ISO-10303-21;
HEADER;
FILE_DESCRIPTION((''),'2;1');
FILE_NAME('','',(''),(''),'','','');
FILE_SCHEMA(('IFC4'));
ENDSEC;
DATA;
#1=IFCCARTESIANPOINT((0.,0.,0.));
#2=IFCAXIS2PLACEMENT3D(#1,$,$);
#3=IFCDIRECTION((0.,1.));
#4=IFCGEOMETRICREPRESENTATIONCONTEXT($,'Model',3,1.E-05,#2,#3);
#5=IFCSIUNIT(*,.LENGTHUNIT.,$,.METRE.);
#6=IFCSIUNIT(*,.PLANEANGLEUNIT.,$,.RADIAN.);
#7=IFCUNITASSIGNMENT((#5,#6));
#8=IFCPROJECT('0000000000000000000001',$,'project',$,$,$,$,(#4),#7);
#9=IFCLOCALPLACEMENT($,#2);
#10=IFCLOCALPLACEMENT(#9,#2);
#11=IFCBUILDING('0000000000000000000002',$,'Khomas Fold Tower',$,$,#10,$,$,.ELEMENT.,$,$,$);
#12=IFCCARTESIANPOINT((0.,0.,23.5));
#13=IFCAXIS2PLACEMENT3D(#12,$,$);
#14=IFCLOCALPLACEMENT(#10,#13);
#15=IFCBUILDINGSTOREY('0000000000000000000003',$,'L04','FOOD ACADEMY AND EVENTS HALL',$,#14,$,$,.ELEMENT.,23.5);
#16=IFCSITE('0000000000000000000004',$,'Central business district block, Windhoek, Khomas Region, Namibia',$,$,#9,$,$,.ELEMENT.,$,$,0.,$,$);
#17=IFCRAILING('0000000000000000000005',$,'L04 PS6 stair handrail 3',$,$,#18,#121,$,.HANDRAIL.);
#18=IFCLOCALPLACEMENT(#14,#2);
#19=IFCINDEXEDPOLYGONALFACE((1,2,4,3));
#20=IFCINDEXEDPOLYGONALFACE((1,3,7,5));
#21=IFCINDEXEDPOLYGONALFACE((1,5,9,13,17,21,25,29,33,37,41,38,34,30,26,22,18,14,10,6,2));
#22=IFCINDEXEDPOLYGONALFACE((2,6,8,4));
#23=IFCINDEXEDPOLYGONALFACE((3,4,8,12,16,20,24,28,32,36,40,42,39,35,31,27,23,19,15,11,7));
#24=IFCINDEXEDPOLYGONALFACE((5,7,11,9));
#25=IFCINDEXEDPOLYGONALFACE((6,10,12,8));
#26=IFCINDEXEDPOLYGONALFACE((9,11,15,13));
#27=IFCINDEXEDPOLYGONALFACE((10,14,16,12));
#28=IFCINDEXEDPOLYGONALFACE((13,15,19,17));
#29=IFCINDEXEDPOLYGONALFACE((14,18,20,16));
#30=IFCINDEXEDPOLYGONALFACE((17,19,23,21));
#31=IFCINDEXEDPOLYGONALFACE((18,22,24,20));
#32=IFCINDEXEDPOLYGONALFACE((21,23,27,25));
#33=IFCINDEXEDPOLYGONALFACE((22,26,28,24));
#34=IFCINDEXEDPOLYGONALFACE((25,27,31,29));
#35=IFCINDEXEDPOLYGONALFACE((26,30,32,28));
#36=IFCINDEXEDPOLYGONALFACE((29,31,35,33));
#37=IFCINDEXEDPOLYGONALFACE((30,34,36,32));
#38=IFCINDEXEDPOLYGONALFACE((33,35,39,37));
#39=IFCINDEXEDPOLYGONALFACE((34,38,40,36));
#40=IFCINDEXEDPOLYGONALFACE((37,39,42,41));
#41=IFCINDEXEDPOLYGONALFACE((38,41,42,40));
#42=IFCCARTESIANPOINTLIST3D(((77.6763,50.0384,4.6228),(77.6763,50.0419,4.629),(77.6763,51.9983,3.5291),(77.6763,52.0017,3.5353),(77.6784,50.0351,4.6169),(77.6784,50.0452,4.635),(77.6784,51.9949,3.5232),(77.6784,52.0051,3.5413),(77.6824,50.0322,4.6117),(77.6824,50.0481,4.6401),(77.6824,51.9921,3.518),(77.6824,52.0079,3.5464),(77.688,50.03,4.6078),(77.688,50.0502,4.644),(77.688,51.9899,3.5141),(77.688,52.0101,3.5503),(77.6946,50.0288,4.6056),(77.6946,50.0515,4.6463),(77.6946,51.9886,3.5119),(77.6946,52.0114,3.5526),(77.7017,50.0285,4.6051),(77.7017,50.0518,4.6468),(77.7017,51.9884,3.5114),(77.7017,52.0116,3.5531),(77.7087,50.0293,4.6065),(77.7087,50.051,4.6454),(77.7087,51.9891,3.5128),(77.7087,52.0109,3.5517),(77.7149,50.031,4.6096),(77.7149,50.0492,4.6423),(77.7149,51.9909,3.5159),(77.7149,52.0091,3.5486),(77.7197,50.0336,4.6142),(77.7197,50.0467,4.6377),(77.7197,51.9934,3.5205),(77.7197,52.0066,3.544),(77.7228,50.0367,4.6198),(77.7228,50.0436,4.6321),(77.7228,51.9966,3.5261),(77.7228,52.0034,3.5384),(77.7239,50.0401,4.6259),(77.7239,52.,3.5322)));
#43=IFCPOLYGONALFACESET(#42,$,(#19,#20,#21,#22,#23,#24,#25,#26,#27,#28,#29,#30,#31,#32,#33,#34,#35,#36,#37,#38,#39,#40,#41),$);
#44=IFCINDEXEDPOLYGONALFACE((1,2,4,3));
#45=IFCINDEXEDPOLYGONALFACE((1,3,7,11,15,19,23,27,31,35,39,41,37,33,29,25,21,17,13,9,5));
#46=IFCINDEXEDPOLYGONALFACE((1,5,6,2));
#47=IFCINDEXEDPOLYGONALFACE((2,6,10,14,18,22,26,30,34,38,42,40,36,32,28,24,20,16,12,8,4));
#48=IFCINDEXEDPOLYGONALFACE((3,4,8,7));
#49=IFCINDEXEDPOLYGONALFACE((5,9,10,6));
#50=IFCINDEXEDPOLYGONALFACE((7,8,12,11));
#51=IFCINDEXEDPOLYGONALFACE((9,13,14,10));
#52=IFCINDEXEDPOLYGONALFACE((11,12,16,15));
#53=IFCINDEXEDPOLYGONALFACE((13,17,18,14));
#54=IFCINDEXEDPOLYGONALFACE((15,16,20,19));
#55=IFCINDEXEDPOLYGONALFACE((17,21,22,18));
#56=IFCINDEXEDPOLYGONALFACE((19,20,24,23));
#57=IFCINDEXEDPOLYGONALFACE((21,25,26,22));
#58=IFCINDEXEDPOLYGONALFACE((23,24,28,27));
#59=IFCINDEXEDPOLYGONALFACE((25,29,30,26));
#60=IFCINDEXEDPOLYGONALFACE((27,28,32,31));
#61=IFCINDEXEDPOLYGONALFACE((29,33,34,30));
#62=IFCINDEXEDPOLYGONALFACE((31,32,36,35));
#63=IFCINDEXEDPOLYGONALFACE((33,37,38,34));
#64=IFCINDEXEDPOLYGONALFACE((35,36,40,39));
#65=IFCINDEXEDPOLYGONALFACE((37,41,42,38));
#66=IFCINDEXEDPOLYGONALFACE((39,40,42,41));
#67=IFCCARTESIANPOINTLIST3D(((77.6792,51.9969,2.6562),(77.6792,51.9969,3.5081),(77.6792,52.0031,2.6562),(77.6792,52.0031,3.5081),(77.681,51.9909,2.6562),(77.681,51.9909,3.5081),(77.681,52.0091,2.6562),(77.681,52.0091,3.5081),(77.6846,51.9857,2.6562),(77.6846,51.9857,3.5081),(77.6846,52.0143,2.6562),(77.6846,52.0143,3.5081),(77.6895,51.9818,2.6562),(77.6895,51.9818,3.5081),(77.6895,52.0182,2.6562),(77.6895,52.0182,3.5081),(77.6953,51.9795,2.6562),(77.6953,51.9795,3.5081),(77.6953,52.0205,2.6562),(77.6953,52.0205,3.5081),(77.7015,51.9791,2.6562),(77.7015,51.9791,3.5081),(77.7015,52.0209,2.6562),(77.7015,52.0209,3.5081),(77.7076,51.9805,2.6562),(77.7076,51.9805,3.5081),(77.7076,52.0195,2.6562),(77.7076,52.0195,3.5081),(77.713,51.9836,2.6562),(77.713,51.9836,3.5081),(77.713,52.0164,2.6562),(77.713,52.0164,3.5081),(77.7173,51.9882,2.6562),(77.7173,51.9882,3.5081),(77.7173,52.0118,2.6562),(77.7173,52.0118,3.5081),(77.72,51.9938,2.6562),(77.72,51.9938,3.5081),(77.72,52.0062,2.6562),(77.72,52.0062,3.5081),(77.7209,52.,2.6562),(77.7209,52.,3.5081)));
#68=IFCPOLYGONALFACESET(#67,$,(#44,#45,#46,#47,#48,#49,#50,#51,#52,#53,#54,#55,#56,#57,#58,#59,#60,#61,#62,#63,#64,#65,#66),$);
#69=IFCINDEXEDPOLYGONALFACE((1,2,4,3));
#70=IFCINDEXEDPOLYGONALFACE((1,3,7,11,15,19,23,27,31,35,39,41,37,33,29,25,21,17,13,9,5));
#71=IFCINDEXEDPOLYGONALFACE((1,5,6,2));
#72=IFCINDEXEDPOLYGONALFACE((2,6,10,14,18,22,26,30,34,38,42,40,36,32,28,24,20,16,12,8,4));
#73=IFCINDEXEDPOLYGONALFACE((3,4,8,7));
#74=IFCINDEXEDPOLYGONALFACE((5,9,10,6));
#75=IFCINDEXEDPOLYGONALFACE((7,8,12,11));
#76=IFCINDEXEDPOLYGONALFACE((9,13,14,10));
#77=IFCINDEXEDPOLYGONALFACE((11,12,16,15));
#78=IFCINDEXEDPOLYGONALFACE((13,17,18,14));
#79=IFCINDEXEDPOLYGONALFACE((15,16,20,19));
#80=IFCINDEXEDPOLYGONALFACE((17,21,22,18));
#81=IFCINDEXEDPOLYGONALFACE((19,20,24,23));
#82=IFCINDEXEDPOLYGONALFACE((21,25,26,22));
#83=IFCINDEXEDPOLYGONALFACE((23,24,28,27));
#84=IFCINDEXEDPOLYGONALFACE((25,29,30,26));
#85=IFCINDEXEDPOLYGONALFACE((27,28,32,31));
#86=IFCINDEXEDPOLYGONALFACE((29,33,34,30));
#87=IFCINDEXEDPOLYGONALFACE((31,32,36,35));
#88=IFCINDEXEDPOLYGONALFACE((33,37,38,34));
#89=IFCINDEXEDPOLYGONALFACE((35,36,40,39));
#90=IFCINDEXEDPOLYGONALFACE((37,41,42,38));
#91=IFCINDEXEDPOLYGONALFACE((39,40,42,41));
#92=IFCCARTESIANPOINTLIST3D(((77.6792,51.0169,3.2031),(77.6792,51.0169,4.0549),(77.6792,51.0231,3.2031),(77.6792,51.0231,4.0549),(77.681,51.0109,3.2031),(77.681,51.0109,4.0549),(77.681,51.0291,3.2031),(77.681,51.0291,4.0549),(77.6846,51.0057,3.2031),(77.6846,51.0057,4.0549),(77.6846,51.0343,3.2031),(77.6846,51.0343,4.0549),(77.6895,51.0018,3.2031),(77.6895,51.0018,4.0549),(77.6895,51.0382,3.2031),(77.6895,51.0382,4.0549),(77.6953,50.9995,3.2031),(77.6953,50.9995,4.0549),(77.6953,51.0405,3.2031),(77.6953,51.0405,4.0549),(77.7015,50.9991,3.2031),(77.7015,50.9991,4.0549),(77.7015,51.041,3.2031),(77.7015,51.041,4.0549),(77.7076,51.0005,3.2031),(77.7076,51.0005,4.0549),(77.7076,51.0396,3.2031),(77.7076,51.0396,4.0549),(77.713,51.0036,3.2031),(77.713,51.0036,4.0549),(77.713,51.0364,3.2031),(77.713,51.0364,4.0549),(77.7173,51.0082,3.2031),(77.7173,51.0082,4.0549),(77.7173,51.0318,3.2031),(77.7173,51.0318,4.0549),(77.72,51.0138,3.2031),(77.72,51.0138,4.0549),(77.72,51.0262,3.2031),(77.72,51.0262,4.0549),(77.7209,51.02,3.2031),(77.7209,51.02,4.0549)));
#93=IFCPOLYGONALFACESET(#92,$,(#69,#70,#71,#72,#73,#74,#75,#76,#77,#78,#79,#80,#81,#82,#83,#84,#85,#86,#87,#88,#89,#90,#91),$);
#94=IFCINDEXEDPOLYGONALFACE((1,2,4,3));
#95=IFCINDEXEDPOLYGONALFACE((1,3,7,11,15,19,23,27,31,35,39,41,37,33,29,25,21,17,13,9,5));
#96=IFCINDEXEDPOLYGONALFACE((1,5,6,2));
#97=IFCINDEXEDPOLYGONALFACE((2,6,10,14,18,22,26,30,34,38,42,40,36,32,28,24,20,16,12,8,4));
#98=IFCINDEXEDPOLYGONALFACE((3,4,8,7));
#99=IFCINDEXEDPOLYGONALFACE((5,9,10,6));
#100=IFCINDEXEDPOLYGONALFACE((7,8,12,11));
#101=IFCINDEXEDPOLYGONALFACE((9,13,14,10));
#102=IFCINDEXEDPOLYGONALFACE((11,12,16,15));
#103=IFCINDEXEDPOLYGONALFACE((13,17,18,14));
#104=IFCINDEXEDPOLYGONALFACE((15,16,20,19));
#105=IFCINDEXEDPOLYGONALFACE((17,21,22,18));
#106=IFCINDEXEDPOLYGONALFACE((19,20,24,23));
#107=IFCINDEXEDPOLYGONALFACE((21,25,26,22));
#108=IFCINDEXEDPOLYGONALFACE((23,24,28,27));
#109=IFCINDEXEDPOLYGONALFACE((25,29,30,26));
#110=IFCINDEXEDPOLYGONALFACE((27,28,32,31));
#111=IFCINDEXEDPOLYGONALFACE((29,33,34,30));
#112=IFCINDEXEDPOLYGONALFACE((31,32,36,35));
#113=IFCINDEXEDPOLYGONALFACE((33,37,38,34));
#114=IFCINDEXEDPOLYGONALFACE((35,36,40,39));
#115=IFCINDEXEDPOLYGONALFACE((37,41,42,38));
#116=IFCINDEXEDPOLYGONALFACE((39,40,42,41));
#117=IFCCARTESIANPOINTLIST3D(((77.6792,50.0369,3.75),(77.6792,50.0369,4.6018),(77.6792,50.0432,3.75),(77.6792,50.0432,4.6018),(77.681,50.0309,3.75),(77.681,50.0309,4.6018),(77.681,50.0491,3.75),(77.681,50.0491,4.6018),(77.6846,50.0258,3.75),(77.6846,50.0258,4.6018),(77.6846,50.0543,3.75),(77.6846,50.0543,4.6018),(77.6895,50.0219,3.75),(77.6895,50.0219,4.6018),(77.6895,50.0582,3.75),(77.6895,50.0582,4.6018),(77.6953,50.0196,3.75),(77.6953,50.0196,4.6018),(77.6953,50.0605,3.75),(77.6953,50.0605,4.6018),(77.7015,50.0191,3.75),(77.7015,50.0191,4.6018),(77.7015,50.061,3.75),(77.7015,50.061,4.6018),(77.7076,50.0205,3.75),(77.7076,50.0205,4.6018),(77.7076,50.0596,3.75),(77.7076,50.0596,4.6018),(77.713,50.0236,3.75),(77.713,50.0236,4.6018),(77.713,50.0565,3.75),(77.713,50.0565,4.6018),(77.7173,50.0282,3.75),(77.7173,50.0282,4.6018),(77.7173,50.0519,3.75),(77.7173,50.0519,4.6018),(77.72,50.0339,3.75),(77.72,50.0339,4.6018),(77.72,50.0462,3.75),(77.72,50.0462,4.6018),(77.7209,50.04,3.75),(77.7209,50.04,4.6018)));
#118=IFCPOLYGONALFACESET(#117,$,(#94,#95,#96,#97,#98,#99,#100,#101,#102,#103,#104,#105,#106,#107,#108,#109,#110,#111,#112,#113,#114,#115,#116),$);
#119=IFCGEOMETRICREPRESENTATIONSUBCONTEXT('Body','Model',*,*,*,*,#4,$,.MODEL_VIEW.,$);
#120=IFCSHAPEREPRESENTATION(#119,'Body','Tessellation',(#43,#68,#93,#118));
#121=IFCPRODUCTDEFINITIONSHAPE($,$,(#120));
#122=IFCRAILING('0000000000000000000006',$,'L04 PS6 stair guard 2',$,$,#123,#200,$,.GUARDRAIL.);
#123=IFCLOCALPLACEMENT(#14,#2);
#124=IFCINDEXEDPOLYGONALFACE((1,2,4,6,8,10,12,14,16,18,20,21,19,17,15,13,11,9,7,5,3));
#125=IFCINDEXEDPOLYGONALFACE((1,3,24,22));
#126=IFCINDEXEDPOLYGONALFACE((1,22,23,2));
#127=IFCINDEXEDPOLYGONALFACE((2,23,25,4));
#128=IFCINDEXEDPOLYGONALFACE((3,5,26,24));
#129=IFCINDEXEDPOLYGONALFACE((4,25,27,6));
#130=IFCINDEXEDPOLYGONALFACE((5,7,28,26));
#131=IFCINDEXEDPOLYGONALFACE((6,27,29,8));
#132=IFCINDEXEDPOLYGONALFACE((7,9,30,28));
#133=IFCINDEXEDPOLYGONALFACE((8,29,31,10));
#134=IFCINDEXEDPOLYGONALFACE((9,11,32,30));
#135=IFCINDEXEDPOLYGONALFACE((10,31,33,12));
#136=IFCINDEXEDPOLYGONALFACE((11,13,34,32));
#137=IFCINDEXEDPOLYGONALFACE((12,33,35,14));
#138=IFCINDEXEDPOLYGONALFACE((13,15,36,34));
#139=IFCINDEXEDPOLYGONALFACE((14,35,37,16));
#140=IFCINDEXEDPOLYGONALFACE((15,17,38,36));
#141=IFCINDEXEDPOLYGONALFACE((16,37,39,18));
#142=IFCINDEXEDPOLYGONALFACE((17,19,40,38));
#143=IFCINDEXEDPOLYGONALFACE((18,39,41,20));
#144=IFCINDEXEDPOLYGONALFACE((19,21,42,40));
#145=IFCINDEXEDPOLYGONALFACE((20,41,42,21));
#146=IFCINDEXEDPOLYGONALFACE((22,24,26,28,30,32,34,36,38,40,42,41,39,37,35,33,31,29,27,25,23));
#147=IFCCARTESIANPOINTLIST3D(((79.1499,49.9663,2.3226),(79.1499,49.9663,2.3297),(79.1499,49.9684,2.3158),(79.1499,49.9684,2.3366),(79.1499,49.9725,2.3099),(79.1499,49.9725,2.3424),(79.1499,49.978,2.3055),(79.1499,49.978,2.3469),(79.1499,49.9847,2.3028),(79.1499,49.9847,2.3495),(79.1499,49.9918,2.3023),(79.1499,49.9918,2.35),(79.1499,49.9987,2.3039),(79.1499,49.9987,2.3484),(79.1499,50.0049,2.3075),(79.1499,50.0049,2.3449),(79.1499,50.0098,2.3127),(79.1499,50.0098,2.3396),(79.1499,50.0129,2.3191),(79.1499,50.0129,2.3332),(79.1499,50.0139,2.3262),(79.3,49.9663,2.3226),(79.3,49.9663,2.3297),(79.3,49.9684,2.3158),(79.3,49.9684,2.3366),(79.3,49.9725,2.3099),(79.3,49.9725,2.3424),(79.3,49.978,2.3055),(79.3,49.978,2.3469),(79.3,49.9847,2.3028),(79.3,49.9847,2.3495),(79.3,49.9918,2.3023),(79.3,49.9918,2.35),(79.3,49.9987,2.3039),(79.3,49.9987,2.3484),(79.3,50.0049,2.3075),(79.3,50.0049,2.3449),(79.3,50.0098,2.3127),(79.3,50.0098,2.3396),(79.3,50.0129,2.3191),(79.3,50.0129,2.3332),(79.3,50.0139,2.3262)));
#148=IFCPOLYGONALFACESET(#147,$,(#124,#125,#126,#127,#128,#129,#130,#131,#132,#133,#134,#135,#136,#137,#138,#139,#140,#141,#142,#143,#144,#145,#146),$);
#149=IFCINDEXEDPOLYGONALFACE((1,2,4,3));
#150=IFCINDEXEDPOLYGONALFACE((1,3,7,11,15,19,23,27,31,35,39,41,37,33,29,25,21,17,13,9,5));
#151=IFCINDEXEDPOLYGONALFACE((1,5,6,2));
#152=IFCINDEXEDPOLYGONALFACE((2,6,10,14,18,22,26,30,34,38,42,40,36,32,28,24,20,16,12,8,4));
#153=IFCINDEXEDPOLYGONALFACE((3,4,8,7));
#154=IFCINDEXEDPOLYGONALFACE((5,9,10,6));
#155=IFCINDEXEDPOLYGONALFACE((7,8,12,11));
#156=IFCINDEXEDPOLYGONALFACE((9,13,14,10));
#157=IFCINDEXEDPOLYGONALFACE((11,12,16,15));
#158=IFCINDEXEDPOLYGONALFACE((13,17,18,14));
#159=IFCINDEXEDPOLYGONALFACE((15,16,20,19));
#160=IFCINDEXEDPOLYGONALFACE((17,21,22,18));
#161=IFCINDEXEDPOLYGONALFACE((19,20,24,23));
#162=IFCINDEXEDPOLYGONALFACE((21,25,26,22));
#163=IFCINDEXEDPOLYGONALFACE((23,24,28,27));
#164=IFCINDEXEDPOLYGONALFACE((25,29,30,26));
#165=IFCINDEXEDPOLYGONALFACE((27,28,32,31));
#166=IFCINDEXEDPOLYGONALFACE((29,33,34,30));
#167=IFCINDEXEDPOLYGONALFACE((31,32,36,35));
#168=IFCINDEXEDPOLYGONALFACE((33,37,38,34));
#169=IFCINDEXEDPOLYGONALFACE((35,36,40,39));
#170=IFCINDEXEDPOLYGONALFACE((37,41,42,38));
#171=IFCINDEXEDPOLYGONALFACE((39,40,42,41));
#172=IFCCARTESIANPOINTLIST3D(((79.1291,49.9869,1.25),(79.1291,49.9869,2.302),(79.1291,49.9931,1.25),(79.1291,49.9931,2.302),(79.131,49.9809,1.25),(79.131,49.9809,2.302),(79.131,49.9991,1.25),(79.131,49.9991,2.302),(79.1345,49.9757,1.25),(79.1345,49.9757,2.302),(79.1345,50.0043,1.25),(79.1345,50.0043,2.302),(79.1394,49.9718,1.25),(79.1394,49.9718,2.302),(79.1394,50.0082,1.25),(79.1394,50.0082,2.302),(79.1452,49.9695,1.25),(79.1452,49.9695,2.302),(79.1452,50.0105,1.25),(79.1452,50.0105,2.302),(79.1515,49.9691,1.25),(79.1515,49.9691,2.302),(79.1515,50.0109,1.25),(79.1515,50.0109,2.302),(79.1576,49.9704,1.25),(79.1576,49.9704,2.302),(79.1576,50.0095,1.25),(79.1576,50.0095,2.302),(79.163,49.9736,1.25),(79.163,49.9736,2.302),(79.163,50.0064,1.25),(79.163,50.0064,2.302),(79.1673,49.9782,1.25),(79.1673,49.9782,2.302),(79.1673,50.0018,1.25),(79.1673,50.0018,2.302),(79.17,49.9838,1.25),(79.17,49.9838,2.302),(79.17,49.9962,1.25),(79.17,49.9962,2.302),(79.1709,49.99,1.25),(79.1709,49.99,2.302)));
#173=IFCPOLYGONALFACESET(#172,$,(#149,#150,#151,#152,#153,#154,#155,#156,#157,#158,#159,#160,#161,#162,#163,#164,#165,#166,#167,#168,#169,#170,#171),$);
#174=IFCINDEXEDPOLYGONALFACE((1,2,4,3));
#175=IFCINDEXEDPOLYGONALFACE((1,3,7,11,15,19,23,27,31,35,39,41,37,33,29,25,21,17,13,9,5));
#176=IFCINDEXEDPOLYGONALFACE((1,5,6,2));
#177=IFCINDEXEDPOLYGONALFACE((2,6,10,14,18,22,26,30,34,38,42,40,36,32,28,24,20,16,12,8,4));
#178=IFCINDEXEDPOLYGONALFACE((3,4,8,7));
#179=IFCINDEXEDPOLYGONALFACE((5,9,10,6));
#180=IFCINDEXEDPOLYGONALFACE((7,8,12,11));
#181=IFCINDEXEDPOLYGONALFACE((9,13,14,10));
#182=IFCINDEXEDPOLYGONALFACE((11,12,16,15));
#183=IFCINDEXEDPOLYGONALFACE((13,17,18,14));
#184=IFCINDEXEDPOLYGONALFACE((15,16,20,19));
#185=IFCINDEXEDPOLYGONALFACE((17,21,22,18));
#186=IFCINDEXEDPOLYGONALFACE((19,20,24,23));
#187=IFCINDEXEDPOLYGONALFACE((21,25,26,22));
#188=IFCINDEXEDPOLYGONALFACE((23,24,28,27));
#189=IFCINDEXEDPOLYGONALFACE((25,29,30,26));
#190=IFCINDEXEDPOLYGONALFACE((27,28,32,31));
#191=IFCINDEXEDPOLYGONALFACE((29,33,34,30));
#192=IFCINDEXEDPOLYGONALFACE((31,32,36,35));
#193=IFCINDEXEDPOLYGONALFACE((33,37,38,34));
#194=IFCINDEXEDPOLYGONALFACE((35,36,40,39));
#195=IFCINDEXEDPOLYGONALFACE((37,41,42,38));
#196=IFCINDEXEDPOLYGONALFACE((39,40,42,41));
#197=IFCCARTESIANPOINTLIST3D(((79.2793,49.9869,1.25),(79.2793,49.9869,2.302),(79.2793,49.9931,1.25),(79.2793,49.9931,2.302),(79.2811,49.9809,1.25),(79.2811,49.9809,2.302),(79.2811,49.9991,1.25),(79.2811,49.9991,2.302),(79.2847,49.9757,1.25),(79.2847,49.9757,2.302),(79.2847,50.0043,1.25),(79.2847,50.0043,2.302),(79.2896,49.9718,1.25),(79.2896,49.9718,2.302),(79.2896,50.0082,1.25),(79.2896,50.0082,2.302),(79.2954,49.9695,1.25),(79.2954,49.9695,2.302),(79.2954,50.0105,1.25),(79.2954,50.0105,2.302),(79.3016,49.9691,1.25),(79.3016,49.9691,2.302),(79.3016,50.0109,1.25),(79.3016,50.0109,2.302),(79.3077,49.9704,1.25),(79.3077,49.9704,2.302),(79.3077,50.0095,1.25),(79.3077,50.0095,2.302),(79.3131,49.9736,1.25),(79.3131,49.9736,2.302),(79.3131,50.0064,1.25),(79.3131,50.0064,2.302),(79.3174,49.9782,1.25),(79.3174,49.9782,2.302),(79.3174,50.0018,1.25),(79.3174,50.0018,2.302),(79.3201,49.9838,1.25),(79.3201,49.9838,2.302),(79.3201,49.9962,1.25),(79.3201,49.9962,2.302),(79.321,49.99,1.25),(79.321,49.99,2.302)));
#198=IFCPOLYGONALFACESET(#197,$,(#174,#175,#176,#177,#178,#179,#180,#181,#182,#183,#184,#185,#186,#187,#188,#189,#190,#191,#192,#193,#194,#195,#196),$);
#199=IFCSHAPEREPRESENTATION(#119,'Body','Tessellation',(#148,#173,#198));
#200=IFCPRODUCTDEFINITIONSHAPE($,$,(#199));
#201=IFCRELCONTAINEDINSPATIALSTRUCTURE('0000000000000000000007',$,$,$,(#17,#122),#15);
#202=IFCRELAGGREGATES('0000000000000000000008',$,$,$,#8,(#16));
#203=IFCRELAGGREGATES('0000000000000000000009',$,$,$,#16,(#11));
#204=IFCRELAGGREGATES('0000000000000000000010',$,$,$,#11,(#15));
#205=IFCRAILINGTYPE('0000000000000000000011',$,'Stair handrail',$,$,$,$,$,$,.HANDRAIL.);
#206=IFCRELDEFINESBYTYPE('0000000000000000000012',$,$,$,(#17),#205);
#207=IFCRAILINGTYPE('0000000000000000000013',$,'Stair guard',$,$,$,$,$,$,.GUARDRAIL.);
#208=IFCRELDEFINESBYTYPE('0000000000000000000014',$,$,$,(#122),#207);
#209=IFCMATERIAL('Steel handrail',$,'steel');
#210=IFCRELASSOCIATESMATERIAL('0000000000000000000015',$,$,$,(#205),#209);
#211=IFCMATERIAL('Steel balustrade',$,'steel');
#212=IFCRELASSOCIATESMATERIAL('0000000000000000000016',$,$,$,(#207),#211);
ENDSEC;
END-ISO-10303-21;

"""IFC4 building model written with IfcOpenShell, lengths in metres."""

from ifc_helpers import new_model, si_unit, direction, frame, origin, origin_2d, place, context, subcontext, project, spatial, circle, extrude, source, transform, mapped, material, type_object, element, save


model = new_model("IFC4")

# Units and contexts
model_context = context("Model", 3, precision=1e-05, world=origin(), true_north=direction((0.0, 1.0)))
body_context = subcontext(model_context, "Body", "Model", "MODEL_VIEW")
ifc_project = project(units=[si_unit("LENGTHUNIT", "METRE"), si_unit("PLANEANGLEUNIT", "RADIAN")], contexts=[model_context])

# Site, building, storey
site_placement = place(None, origin())
site = spatial("IfcSite", under=ifc_project, at=site_placement, Name="Central business district block, Windhoek, Khomas Region, Namibia", CompositionType="ELEMENT", RefElevation=0.0)
building_placement = place(site_placement, origin())
building = spatial("IfcBuilding", under=site, at=building_placement, Name="Khomas Fold Tower", CompositionType="ELEMENT")
storey_placement = place(building_placement, frame((0.0, 0.0, 23.5)))
storey = spatial("IfcBuildingStorey", under=building, at=storey_placement, Name="L04", Description="FOOD ACADEMY AND EVENTS HALL", CompositionType="ELEMENT", Elevation=23.5)

# Railings
ifc_material_1 = material(Name="Steel handrail", Category="steel")
railing_type_1 = type_object("IfcRailingType", Name="Stair handrail", PredefinedType="HANDRAIL", material=ifc_material_1)
ifc_material_2 = material(Name="Steel balustrade", Category="steel")
railing_type_2 = type_object("IfcRailingType", Name="Stair guard", PredefinedType="GUARDRAIL", material=ifc_material_2)
shared_shape_1 = source(origin(), body_context, "Body", "SweptSolid", [
    extrude(circle(Radius=0.0239, at=origin_2d()), frame((0.0, 0.0, 0.876), z_axis=(0.0, -0.873232, 0.487304), x_axis=(1.0, 0.0, 0.0)), (0.0, 0.0, 1.0), 2.2444),
    extrude(circle(Radius=0.021, at=origin_2d()), origin(), (0.0, 0.0, 1.0), 0.8518),
    extrude(circle(Radius=0.021, at=origin_2d()), frame((0.0, -0.98, 0.5469)), (0.0, 0.0, 1.0), 0.8518),
    extrude(circle(Radius=0.021, at=origin_2d()), frame((0.0, -1.96, 1.0938)), (0.0, 0.0, 1.0), 0.8518),
])
for number, where, name in (
    (1, (77.7, 52.0, 2.6562), "L04 PS6 stair handrail 3"),
):
    element("IfcRailing", number, at=place(storey_placement, frame(where)), inside=storey, type_object=railing_type_1, Name=name, PredefinedType="HANDRAIL", context=body_context, shape_type="MappedRepresentation", body=[
        mapped(shared_shape_1, transform((0.0, 0.0, 0.0))),
    ])
shared_shape_2 = source(origin(), body_context, "Body", "SweptSolid", [
    extrude(circle(Radius=0.0239, at=origin_2d()), frame((0.0, 0.0, 1.0762), z_axis=(1.0, 0.0, 0.0), x_axis=(0.0, 1.0, 0.0)), (0.0, 0.0, 1.0), 0.1501),
    extrude(circle(Radius=0.021, at=origin_2d()), origin(), (0.0, 0.0, 1.0), 1.052),
    extrude(circle(Radius=0.021, at=origin_2d()), frame((0.1501, 0.0, 0.0)), (0.0, 0.0, 1.0), 1.052),
])
for number, where, name in (
    (2, (79.1499, 49.99, 1.25), "L04 PS6 stair guard 2"),
):
    element("IfcRailing", number, at=place(storey_placement, frame(where)), inside=storey, type_object=railing_type_2, Name=name, PredefinedType="GUARDRAIL", context=body_context, shape_type="MappedRepresentation", body=[
        mapped(shared_shape_2, transform((0.0, 0.0, 0.0))),
    ])

save(model, "model.ifc")
